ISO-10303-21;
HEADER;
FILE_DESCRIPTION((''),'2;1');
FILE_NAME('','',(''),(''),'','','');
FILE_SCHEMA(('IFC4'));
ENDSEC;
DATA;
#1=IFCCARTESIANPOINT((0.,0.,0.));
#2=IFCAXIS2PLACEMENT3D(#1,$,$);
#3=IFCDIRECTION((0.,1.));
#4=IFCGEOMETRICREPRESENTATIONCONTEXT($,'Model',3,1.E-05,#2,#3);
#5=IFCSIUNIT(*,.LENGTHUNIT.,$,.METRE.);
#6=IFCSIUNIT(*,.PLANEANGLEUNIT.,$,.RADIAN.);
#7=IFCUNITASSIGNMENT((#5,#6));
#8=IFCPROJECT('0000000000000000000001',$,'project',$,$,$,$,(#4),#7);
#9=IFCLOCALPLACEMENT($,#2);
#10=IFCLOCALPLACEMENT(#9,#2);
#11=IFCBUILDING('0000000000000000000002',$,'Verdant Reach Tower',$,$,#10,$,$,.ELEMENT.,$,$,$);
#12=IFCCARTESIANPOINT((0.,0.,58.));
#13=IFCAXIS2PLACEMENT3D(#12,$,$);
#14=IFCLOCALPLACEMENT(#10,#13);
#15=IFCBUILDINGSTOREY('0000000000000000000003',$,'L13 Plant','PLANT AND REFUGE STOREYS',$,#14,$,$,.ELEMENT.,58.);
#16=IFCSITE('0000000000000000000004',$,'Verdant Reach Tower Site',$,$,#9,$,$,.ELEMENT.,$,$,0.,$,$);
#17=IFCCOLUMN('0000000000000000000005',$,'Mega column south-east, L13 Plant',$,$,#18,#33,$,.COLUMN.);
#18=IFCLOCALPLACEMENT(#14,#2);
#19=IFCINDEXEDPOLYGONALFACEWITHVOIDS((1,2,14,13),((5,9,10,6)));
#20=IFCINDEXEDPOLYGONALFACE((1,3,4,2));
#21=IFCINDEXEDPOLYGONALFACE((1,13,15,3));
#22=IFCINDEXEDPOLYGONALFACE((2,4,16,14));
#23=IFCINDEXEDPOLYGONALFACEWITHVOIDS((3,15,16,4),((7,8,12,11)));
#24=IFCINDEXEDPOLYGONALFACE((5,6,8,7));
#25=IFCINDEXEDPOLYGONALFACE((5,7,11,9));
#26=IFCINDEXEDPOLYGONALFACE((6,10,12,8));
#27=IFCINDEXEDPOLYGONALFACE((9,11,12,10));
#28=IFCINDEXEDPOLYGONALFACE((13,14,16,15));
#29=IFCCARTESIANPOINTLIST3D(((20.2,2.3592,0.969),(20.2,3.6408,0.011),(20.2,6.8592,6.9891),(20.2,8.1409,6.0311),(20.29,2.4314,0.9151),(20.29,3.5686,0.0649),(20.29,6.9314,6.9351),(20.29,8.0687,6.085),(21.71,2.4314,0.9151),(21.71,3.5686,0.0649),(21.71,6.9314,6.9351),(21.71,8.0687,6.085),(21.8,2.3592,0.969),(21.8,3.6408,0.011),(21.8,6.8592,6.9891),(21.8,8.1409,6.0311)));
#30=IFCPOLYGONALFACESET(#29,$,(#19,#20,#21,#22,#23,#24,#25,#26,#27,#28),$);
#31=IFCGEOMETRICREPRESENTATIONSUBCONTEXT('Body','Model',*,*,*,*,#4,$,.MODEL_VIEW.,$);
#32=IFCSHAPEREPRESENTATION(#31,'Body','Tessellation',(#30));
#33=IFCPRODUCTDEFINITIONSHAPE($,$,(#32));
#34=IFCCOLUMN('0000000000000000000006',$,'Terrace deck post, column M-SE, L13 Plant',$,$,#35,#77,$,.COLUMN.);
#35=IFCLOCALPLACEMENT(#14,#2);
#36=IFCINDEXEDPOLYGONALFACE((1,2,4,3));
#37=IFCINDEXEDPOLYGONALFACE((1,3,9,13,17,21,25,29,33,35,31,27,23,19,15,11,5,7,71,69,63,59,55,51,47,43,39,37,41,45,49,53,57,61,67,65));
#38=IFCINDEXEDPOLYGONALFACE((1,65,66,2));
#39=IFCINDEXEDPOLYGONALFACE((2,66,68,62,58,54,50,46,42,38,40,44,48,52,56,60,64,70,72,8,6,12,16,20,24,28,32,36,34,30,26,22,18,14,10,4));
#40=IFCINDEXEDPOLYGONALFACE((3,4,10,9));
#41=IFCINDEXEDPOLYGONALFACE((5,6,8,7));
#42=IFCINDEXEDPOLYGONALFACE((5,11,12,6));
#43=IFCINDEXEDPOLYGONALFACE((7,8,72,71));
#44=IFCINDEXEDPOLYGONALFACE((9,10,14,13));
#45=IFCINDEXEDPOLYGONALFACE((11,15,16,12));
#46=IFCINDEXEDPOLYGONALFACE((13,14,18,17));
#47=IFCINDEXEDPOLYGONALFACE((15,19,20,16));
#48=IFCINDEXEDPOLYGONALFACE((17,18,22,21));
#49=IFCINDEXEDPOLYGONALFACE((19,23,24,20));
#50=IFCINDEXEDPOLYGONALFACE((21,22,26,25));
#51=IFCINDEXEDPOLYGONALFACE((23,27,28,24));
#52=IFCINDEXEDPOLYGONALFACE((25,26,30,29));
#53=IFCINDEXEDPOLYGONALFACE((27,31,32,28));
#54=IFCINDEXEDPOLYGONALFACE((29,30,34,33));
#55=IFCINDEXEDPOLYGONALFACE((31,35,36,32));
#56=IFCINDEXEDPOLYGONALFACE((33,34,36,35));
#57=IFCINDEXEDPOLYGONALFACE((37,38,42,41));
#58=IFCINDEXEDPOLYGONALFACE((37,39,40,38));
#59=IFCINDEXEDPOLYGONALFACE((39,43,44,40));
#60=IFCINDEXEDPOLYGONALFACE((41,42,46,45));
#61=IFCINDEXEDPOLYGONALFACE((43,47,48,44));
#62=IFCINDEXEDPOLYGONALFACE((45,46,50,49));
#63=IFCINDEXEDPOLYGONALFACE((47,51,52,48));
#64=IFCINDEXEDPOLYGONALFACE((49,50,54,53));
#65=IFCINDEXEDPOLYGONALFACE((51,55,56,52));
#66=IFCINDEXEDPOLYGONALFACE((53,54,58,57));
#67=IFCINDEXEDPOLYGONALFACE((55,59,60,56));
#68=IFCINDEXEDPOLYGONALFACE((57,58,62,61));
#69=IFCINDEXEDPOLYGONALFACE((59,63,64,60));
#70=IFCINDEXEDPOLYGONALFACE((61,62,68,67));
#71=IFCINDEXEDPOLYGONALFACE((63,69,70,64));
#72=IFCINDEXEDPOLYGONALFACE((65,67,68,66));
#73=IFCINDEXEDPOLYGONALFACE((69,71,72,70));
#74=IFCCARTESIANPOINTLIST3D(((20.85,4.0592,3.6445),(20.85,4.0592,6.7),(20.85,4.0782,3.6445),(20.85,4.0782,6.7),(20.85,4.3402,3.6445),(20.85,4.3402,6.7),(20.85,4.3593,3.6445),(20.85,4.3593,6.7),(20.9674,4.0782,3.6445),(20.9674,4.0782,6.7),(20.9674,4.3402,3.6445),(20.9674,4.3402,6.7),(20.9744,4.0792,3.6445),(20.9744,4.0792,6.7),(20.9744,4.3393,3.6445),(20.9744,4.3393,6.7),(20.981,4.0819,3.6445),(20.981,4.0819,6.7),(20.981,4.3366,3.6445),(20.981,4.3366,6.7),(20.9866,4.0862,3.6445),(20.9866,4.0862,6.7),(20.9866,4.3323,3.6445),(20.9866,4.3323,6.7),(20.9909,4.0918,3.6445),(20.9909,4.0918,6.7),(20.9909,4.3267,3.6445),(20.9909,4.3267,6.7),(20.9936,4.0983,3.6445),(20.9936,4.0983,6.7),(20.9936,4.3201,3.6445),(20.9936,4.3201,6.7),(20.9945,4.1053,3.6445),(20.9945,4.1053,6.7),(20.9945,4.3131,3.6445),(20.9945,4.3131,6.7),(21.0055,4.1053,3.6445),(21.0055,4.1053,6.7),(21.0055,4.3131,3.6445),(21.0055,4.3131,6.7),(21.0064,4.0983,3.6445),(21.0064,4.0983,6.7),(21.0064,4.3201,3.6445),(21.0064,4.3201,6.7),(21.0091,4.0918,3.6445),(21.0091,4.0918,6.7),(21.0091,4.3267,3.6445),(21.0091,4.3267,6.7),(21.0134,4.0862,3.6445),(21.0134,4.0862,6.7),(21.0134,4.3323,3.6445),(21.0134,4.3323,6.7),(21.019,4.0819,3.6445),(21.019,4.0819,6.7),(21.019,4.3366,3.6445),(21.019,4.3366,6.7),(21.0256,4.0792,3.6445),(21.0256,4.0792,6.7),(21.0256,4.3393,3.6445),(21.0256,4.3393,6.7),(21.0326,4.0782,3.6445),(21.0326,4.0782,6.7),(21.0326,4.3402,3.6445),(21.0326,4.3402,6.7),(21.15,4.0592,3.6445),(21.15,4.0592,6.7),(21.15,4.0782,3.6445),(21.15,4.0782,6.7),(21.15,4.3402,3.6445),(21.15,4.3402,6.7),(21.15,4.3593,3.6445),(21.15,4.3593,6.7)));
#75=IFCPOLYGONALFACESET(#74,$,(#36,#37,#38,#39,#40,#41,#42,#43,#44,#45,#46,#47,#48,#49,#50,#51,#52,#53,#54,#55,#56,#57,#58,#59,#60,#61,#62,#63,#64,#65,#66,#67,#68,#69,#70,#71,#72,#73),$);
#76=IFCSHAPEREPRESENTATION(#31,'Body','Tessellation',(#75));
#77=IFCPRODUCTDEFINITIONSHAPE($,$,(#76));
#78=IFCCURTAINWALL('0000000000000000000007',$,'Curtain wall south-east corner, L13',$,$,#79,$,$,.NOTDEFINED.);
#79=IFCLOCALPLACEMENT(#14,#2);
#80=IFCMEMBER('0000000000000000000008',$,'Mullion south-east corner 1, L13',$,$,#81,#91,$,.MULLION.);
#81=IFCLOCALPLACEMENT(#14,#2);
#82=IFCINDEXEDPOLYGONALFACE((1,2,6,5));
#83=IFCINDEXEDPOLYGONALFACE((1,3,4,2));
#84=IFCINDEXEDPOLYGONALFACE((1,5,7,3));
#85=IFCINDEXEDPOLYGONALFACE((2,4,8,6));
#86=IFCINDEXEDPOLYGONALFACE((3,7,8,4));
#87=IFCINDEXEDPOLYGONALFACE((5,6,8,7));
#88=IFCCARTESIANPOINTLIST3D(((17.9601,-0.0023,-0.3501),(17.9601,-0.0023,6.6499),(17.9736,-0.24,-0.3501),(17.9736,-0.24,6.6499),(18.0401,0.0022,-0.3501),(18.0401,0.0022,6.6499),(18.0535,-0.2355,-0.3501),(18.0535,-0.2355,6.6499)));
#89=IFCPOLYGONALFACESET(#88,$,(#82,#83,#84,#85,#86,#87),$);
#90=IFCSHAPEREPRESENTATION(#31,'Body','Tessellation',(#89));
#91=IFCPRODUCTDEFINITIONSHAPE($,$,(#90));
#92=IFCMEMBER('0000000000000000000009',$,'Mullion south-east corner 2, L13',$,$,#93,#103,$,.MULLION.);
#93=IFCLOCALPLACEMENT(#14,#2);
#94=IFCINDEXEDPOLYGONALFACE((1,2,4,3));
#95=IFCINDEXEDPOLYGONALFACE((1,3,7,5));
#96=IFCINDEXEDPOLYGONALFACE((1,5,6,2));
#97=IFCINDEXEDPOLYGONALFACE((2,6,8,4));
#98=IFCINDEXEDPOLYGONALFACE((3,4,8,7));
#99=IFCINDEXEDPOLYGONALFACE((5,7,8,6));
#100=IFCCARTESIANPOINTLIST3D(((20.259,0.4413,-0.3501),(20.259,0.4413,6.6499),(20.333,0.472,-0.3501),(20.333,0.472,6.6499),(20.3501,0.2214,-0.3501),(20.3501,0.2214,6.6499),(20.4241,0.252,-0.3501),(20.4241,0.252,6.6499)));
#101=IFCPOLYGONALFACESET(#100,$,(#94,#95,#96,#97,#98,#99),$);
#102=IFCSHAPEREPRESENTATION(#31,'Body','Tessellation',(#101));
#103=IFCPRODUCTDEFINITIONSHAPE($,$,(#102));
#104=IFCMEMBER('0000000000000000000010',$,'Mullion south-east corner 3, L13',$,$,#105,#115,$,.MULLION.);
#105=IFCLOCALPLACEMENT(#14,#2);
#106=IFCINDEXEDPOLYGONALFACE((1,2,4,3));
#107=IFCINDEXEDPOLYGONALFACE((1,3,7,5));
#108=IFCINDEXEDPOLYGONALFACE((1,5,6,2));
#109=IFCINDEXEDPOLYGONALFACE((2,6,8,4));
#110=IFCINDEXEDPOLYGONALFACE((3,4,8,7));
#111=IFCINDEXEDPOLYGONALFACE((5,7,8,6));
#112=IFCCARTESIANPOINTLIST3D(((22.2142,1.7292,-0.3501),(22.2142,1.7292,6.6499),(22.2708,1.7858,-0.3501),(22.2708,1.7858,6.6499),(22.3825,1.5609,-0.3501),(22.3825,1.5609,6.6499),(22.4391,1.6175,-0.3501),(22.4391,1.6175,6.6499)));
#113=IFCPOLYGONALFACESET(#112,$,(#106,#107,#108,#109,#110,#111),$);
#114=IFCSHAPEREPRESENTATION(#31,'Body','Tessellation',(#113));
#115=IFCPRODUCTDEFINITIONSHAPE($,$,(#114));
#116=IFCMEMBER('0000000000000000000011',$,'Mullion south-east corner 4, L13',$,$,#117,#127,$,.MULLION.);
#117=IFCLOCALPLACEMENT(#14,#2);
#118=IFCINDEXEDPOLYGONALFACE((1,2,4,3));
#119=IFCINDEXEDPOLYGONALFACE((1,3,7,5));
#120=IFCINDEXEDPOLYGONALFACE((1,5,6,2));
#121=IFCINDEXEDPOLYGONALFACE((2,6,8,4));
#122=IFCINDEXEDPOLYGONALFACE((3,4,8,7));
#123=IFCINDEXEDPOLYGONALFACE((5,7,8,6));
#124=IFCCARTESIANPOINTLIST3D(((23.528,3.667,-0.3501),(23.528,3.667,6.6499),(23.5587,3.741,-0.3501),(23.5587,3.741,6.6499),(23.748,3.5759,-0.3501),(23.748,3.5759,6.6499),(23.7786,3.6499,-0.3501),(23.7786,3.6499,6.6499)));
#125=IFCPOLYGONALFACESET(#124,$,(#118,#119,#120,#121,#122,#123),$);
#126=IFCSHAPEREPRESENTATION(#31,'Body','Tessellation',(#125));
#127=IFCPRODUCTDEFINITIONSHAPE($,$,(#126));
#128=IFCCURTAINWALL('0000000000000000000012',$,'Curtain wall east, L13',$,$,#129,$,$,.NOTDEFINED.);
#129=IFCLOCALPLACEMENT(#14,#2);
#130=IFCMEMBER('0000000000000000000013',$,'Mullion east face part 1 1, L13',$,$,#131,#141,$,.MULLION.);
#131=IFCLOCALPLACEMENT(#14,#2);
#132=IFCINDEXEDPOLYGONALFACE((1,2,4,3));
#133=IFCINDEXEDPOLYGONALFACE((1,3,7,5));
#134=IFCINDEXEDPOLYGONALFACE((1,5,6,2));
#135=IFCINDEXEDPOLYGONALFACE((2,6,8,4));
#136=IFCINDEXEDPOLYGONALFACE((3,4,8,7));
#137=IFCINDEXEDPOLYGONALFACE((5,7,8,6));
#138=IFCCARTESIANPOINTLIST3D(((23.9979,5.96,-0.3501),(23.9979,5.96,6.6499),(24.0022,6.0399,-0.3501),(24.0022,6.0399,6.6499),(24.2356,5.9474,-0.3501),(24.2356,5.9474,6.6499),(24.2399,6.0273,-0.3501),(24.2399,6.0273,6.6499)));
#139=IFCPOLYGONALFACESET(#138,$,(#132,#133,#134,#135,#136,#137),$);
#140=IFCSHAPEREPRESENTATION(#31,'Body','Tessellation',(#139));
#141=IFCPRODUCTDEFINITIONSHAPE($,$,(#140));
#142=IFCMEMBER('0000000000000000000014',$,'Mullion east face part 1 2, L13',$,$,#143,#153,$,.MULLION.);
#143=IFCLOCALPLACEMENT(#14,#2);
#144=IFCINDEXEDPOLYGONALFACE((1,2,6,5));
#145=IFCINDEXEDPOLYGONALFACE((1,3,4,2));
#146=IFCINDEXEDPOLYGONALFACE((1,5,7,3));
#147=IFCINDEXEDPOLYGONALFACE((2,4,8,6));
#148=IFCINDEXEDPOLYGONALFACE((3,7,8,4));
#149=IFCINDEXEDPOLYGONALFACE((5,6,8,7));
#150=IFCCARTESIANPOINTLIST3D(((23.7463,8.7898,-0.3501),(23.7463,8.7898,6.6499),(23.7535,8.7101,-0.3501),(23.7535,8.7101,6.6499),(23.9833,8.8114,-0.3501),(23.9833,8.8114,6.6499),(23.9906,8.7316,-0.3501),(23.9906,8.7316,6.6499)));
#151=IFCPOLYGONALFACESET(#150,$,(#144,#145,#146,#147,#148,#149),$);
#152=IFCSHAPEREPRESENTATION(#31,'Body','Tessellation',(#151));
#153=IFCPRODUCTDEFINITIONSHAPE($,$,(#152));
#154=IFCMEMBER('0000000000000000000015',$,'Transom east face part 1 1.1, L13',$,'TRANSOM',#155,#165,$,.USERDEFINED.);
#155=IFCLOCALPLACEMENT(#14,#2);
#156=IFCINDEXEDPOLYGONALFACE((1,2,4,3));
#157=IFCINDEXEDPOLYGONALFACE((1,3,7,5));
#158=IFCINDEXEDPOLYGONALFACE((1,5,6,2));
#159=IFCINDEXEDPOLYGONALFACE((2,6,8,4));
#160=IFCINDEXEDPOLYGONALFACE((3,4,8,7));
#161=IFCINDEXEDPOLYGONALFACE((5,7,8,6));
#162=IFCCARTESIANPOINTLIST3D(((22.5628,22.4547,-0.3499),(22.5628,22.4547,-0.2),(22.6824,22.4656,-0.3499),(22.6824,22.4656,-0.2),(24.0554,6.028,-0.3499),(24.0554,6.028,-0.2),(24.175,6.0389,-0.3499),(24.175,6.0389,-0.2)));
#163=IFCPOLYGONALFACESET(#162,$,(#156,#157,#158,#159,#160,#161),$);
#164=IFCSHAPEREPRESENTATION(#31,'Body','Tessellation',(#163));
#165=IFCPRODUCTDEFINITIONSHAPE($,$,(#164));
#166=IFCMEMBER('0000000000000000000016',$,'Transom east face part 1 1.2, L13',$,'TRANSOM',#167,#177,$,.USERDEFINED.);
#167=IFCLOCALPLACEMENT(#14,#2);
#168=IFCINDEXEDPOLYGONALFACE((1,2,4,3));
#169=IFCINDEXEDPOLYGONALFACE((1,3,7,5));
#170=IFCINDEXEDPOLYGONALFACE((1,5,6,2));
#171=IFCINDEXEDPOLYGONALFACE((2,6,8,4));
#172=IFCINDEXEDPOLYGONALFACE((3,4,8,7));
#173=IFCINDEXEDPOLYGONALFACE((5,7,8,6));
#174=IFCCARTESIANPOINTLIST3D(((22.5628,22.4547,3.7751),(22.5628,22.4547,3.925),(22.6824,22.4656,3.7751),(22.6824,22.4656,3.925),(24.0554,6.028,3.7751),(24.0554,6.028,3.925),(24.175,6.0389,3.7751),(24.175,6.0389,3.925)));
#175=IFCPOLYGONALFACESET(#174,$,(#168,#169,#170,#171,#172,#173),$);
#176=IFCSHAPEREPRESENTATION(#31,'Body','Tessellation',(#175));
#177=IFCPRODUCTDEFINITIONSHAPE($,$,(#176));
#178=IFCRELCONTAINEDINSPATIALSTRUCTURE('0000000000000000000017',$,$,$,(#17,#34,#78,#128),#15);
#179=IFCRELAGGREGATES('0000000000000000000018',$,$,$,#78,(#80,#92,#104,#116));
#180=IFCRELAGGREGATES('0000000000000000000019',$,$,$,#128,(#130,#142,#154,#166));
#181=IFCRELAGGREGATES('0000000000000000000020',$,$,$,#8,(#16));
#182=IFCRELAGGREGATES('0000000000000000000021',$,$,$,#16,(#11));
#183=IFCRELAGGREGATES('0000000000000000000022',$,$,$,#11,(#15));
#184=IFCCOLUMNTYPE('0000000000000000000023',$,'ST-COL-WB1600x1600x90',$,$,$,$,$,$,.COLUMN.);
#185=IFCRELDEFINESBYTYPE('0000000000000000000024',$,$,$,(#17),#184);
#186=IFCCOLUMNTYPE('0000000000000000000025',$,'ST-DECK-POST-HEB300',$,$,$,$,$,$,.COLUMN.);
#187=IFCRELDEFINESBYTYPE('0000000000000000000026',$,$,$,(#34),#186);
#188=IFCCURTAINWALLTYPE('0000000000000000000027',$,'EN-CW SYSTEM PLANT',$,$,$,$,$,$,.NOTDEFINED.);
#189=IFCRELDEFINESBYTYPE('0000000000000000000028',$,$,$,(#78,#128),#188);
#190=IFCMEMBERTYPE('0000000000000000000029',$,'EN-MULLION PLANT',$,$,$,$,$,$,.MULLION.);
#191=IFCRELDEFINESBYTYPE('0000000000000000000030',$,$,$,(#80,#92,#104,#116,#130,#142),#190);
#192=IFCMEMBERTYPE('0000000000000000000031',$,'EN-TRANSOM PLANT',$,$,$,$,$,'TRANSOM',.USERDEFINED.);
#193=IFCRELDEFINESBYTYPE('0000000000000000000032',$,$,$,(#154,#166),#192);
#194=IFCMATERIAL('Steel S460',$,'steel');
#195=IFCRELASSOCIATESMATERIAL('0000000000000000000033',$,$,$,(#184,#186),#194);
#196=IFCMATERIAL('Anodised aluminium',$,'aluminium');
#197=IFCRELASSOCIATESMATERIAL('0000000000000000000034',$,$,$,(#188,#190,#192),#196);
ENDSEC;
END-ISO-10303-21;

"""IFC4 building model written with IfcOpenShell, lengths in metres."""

from ifc_helpers import new_model, si_unit, direction, frame, origin, origin_2d, place, context, subcontext, project, spatial, rectangle, hollow_rectangle, i_section, extrude, material, material_profile, profile_set, type_object, element, aggregate, save


model = new_model("IFC4")

# Units and contexts
model_context = context("Model", 3, precision=1e-05, world=origin(), true_north=direction((0.0, 1.0)))
body_context = subcontext(model_context, "Body", "Model", "MODEL_VIEW")
ifc_project = project(units=[si_unit("LENGTHUNIT", "METRE"), si_unit("PLANEANGLEUNIT", "RADIAN")], contexts=[model_context])

# Site, building, storey
site_placement = place(None, origin())
site = spatial("IfcSite", under=ifc_project, at=site_placement, Name="Verdant Reach Tower Site", CompositionType="ELEMENT", RefElevation=0.0)
building_placement = place(site_placement, origin())
building = spatial("IfcBuilding", under=site, at=building_placement, Name="Verdant Reach Tower", CompositionType="ELEMENT")
storey_placement = place(building_placement, frame((0.0, 0.0, 58.0)))
storey = spatial("IfcBuildingStorey", under=building, at=storey_placement, Name="L13 Plant", Description="PLANT AND REFUGE STOREYS", CompositionType="ELEMENT", Elevation=58.0)

# Columns
ifc_material_1 = material(Name="Steel S460", Category="steel")
ifc_material_profile_1 = material_profile(ifc_material_1, hollow_rectangle(XDim=1.6001, YDim=1.6001, WallThickness=0.0901, at=origin_2d()), Name="WB 1600x1600x90")
ifc_profile_set_1 = profile_set([ifc_material_profile_1], Name="Steel S460")
column_type_1 = type_object("IfcColumnType", Name="ST-COL-WB1600x1600x90", PredefinedType="COLUMN", material=ifc_profile_set_1)
column_1_placement = place(storey_placement, frame((21.0, 3.0, 0.49), z_axis=(0.0, 0.598721, 0.800958), x_axis=(-1.0, 0.0, 0.0)))
element("IfcColumn", 1, at=column_1_placement, inside=storey, type_object=column_type_1, Name="Mega column south-east, L13 Plant", PredefinedType="COLUMN", context=body_context, shape_type="SweptSolid", body=[
    extrude(hollow_rectangle(XDim=1.6001, YDim=1.6001, WallThickness=0.0901, at=origin_2d()), origin(), (0.0, 0.0, 1.0), 7.5161),
])
ifc_material_profile_2 = material_profile(ifc_material_1, i_section(OverallWidth=0.3, OverallDepth=0.3, WebThickness=0.011, FlangeThickness=0.019, FilletRadius=0.0271, at=origin_2d()), Name="HEB 300")
ifc_profile_set_2 = profile_set([ifc_material_profile_2], Name="Steel S460")
column_type_2 = type_object("IfcColumnType", Name="ST-DECK-POST-HEB300", PredefinedType="COLUMN", material=ifc_profile_set_2)
column_2_placement = place(storey_placement, frame((21.0, 4.2092, 3.6445), z_axis=(0.0, 0.0, 1.0), x_axis=(1.0, 0.0, 0.0)))
element("IfcColumn", 2, at=column_2_placement, inside=storey, type_object=column_type_2, Name="Terrace deck post, column M-SE, L13 Plant", PredefinedType="COLUMN", context=body_context, shape_type="SweptSolid", body=[
    extrude(i_section(OverallWidth=0.3, OverallDepth=0.3, WebThickness=0.011, FlangeThickness=0.019, FilletRadius=0.0271, at=origin_2d()), origin(), (0.0, 0.0, 1.0), 3.0554),
])

# Curtain walls, members
ifc_material_2 = material(Name="Anodised aluminium", Category="aluminium")
curtain_wall_type = type_object("IfcCurtainWallType", Name="EN-CW SYSTEM PLANT", PredefinedType="NOTDEFINED", material=ifc_material_2)
curtain_wall_1_placement = place(storey_placement, origin())
curtain_wall_1 = element("IfcCurtainWall", 3, at=curtain_wall_1_placement, inside=storey, type_object=curtain_wall_type, Name="Curtain wall south-east corner, L13", PredefinedType="NOTDEFINED")
ifc_material_profile_3 = material_profile(ifc_material_2, rectangle(XDim=0.238, YDim=0.0801, at=origin_2d()), Name="Mullion 80x240")
ifc_profile_set_3 = profile_set([ifc_material_profile_3], Name="Anodised aluminium")
member_type_1 = type_object("IfcMemberType", Name="EN-MULLION PLANT", PredefinedType="MULLION", material=ifc_profile_set_3)
member_1_placement = place(storey_placement, frame((18.0068, -0.1189, -0.3501), z_axis=(0.0, 0.0, 1.0), x_axis=(0.056569, -0.998399, 0.0)))
member_1 = element("IfcMember", 4, at=member_1_placement, type_object=member_type_1, Name="Mullion south-east corner 1, L13", PredefinedType="MULLION", context=body_context, shape_type="SweptSolid", body=[
    extrude(rectangle(XDim=0.238, YDim=0.0801, at=origin_2d()), origin(), (0.0, 0.0, 1.0), 7.0),
])
member_2_placement = place(storey_placement, frame((20.3416, 0.3467, -0.3501), z_axis=(0.0, 0.0, 1.0), x_axis=(0.382694, -0.923875, 0.0)))
member_2 = element("IfcMember", 5, at=member_2_placement, type_object=member_type_1, Name="Mullion south-east corner 2, L13", PredefinedType="MULLION", context=body_context, shape_type="SweptSolid", body=[
    extrude(rectangle(XDim=0.238, YDim=0.0801, at=origin_2d()), origin(), (0.0, 0.0, 1.0), 7.0),
])
member_3_placement = place(storey_placement, frame((22.3267, 1.6733, -0.3501), z_axis=(0.0, 0.0, 1.0), x_axis=(0.707107, -0.707107, 0.0)))
member_3 = element("IfcMember", 6, at=member_3_placement, type_object=member_type_1, Name="Mullion south-east corner 3, L13", PredefinedType="MULLION", context=body_context, shape_type="SweptSolid", body=[
    extrude(rectangle(XDim=0.238, YDim=0.0801, at=origin_2d()), origin(), (0.0, 0.0, 1.0), 7.0),
])
member_4_placement = place(storey_placement, frame((23.6533, 3.6584, -0.3501), z_axis=(0.0, 0.0, 1.0), x_axis=(0.923875, -0.382694, 0.0)))
member_4 = element("IfcMember", 7, at=member_4_placement, type_object=member_type_1, Name="Mullion south-east corner 4, L13", PredefinedType="MULLION", context=body_context, shape_type="SweptSolid", body=[
    extrude(rectangle(XDim=0.238, YDim=0.0801, at=origin_2d()), origin(), (0.0, 0.0, 1.0), 7.0),
])
curtain_wall_2_placement = place(storey_placement, origin())
curtain_wall_2 = element("IfcCurtainWall", 8, at=curtain_wall_2_placement, inside=storey, type_object=curtain_wall_type, Name="Curtain wall east, L13", PredefinedType="NOTDEFINED")
member_5_placement = place(storey_placement, frame((24.1189, 5.9937, -0.3501), z_axis=(0.0, 0.0, 1.0), x_axis=(0.998604, -0.052815, 0.0)))
member_5 = element("IfcMember", 9, at=member_5_placement, type_object=member_type_1, Name="Mullion east face part 1 1, L13", PredefinedType="MULLION", context=body_context, shape_type="SweptSolid", body=[
    extrude(rectangle(XDim=0.238, YDim=0.0801, at=origin_2d()), origin(), (0.0, 0.0, 1.0), 7.0),
])
member_6_placement = place(storey_placement, frame((23.8684, 8.7607, -0.3501), z_axis=(0.0, 0.0, 1.0), x_axis=(0.995893, 0.090536, 0.0)))
member_6 = element("IfcMember", 10, at=member_6_placement, type_object=member_type_1, Name="Mullion east face part 1 2, L13", PredefinedType="MULLION", context=body_context, shape_type="SweptSolid", body=[
    extrude(rectangle(XDim=0.238, YDim=0.0801, at=origin_2d()), origin(), (0.0, 0.0, 1.0), 7.0),
])
ifc_material_profile_4 = material_profile(ifc_material_2, rectangle(XDim=0.1201, YDim=0.1499, at=origin_2d()), Name="Transom 150x120")
ifc_profile_set_4 = profile_set([ifc_material_profile_4], Name="Anodised aluminium")
member_type_2 = type_object("IfcMemberType", Name="EN-TRANSOM PLANT", ElementType="TRANSOM", PredefinedType="USERDEFINED", material=ifc_profile_set_4)
member_7_placement = place(storey_placement, frame((24.1152, 6.0334, -0.2749), z_axis=(-0.090496, 0.995897, 0.0), x_axis=(-0.995897, -0.090496, 0.0)))
member_7 = element("IfcMember", 11, at=member_7_placement, type_object=member_type_2, Name="Transom east face part 1 1.1, L13", ObjectType="TRANSOM", PredefinedType="USERDEFINED", context=body_context, shape_type="SweptSolid", body=[
    extrude(rectangle(XDim=0.1201, YDim=0.1499, at=origin_2d()), origin(), (0.0, 0.0, 1.0), 16.4944),
])
member_8_placement = place(storey_placement, frame((24.1152, 6.0334, 3.8501), z_axis=(-0.090496, 0.995897, 0.0), x_axis=(-0.995897, -0.090496, 0.0)))
member_8 = element("IfcMember", 12, at=member_8_placement, type_object=member_type_2, Name="Transom east face part 1 1.2, L13", ObjectType="TRANSOM", PredefinedType="USERDEFINED", context=body_context, shape_type="SweptSolid", body=[
    extrude(rectangle(XDim=0.1201, YDim=0.1499, at=origin_2d()), origin(), (0.0, 0.0, 1.0), 16.4944),
])

aggregate(curtain_wall_1, [member_1, member_2, member_3, member_4])
aggregate(curtain_wall_2, [member_5, member_6, member_7, member_8])

save(model, "model.ifc")
